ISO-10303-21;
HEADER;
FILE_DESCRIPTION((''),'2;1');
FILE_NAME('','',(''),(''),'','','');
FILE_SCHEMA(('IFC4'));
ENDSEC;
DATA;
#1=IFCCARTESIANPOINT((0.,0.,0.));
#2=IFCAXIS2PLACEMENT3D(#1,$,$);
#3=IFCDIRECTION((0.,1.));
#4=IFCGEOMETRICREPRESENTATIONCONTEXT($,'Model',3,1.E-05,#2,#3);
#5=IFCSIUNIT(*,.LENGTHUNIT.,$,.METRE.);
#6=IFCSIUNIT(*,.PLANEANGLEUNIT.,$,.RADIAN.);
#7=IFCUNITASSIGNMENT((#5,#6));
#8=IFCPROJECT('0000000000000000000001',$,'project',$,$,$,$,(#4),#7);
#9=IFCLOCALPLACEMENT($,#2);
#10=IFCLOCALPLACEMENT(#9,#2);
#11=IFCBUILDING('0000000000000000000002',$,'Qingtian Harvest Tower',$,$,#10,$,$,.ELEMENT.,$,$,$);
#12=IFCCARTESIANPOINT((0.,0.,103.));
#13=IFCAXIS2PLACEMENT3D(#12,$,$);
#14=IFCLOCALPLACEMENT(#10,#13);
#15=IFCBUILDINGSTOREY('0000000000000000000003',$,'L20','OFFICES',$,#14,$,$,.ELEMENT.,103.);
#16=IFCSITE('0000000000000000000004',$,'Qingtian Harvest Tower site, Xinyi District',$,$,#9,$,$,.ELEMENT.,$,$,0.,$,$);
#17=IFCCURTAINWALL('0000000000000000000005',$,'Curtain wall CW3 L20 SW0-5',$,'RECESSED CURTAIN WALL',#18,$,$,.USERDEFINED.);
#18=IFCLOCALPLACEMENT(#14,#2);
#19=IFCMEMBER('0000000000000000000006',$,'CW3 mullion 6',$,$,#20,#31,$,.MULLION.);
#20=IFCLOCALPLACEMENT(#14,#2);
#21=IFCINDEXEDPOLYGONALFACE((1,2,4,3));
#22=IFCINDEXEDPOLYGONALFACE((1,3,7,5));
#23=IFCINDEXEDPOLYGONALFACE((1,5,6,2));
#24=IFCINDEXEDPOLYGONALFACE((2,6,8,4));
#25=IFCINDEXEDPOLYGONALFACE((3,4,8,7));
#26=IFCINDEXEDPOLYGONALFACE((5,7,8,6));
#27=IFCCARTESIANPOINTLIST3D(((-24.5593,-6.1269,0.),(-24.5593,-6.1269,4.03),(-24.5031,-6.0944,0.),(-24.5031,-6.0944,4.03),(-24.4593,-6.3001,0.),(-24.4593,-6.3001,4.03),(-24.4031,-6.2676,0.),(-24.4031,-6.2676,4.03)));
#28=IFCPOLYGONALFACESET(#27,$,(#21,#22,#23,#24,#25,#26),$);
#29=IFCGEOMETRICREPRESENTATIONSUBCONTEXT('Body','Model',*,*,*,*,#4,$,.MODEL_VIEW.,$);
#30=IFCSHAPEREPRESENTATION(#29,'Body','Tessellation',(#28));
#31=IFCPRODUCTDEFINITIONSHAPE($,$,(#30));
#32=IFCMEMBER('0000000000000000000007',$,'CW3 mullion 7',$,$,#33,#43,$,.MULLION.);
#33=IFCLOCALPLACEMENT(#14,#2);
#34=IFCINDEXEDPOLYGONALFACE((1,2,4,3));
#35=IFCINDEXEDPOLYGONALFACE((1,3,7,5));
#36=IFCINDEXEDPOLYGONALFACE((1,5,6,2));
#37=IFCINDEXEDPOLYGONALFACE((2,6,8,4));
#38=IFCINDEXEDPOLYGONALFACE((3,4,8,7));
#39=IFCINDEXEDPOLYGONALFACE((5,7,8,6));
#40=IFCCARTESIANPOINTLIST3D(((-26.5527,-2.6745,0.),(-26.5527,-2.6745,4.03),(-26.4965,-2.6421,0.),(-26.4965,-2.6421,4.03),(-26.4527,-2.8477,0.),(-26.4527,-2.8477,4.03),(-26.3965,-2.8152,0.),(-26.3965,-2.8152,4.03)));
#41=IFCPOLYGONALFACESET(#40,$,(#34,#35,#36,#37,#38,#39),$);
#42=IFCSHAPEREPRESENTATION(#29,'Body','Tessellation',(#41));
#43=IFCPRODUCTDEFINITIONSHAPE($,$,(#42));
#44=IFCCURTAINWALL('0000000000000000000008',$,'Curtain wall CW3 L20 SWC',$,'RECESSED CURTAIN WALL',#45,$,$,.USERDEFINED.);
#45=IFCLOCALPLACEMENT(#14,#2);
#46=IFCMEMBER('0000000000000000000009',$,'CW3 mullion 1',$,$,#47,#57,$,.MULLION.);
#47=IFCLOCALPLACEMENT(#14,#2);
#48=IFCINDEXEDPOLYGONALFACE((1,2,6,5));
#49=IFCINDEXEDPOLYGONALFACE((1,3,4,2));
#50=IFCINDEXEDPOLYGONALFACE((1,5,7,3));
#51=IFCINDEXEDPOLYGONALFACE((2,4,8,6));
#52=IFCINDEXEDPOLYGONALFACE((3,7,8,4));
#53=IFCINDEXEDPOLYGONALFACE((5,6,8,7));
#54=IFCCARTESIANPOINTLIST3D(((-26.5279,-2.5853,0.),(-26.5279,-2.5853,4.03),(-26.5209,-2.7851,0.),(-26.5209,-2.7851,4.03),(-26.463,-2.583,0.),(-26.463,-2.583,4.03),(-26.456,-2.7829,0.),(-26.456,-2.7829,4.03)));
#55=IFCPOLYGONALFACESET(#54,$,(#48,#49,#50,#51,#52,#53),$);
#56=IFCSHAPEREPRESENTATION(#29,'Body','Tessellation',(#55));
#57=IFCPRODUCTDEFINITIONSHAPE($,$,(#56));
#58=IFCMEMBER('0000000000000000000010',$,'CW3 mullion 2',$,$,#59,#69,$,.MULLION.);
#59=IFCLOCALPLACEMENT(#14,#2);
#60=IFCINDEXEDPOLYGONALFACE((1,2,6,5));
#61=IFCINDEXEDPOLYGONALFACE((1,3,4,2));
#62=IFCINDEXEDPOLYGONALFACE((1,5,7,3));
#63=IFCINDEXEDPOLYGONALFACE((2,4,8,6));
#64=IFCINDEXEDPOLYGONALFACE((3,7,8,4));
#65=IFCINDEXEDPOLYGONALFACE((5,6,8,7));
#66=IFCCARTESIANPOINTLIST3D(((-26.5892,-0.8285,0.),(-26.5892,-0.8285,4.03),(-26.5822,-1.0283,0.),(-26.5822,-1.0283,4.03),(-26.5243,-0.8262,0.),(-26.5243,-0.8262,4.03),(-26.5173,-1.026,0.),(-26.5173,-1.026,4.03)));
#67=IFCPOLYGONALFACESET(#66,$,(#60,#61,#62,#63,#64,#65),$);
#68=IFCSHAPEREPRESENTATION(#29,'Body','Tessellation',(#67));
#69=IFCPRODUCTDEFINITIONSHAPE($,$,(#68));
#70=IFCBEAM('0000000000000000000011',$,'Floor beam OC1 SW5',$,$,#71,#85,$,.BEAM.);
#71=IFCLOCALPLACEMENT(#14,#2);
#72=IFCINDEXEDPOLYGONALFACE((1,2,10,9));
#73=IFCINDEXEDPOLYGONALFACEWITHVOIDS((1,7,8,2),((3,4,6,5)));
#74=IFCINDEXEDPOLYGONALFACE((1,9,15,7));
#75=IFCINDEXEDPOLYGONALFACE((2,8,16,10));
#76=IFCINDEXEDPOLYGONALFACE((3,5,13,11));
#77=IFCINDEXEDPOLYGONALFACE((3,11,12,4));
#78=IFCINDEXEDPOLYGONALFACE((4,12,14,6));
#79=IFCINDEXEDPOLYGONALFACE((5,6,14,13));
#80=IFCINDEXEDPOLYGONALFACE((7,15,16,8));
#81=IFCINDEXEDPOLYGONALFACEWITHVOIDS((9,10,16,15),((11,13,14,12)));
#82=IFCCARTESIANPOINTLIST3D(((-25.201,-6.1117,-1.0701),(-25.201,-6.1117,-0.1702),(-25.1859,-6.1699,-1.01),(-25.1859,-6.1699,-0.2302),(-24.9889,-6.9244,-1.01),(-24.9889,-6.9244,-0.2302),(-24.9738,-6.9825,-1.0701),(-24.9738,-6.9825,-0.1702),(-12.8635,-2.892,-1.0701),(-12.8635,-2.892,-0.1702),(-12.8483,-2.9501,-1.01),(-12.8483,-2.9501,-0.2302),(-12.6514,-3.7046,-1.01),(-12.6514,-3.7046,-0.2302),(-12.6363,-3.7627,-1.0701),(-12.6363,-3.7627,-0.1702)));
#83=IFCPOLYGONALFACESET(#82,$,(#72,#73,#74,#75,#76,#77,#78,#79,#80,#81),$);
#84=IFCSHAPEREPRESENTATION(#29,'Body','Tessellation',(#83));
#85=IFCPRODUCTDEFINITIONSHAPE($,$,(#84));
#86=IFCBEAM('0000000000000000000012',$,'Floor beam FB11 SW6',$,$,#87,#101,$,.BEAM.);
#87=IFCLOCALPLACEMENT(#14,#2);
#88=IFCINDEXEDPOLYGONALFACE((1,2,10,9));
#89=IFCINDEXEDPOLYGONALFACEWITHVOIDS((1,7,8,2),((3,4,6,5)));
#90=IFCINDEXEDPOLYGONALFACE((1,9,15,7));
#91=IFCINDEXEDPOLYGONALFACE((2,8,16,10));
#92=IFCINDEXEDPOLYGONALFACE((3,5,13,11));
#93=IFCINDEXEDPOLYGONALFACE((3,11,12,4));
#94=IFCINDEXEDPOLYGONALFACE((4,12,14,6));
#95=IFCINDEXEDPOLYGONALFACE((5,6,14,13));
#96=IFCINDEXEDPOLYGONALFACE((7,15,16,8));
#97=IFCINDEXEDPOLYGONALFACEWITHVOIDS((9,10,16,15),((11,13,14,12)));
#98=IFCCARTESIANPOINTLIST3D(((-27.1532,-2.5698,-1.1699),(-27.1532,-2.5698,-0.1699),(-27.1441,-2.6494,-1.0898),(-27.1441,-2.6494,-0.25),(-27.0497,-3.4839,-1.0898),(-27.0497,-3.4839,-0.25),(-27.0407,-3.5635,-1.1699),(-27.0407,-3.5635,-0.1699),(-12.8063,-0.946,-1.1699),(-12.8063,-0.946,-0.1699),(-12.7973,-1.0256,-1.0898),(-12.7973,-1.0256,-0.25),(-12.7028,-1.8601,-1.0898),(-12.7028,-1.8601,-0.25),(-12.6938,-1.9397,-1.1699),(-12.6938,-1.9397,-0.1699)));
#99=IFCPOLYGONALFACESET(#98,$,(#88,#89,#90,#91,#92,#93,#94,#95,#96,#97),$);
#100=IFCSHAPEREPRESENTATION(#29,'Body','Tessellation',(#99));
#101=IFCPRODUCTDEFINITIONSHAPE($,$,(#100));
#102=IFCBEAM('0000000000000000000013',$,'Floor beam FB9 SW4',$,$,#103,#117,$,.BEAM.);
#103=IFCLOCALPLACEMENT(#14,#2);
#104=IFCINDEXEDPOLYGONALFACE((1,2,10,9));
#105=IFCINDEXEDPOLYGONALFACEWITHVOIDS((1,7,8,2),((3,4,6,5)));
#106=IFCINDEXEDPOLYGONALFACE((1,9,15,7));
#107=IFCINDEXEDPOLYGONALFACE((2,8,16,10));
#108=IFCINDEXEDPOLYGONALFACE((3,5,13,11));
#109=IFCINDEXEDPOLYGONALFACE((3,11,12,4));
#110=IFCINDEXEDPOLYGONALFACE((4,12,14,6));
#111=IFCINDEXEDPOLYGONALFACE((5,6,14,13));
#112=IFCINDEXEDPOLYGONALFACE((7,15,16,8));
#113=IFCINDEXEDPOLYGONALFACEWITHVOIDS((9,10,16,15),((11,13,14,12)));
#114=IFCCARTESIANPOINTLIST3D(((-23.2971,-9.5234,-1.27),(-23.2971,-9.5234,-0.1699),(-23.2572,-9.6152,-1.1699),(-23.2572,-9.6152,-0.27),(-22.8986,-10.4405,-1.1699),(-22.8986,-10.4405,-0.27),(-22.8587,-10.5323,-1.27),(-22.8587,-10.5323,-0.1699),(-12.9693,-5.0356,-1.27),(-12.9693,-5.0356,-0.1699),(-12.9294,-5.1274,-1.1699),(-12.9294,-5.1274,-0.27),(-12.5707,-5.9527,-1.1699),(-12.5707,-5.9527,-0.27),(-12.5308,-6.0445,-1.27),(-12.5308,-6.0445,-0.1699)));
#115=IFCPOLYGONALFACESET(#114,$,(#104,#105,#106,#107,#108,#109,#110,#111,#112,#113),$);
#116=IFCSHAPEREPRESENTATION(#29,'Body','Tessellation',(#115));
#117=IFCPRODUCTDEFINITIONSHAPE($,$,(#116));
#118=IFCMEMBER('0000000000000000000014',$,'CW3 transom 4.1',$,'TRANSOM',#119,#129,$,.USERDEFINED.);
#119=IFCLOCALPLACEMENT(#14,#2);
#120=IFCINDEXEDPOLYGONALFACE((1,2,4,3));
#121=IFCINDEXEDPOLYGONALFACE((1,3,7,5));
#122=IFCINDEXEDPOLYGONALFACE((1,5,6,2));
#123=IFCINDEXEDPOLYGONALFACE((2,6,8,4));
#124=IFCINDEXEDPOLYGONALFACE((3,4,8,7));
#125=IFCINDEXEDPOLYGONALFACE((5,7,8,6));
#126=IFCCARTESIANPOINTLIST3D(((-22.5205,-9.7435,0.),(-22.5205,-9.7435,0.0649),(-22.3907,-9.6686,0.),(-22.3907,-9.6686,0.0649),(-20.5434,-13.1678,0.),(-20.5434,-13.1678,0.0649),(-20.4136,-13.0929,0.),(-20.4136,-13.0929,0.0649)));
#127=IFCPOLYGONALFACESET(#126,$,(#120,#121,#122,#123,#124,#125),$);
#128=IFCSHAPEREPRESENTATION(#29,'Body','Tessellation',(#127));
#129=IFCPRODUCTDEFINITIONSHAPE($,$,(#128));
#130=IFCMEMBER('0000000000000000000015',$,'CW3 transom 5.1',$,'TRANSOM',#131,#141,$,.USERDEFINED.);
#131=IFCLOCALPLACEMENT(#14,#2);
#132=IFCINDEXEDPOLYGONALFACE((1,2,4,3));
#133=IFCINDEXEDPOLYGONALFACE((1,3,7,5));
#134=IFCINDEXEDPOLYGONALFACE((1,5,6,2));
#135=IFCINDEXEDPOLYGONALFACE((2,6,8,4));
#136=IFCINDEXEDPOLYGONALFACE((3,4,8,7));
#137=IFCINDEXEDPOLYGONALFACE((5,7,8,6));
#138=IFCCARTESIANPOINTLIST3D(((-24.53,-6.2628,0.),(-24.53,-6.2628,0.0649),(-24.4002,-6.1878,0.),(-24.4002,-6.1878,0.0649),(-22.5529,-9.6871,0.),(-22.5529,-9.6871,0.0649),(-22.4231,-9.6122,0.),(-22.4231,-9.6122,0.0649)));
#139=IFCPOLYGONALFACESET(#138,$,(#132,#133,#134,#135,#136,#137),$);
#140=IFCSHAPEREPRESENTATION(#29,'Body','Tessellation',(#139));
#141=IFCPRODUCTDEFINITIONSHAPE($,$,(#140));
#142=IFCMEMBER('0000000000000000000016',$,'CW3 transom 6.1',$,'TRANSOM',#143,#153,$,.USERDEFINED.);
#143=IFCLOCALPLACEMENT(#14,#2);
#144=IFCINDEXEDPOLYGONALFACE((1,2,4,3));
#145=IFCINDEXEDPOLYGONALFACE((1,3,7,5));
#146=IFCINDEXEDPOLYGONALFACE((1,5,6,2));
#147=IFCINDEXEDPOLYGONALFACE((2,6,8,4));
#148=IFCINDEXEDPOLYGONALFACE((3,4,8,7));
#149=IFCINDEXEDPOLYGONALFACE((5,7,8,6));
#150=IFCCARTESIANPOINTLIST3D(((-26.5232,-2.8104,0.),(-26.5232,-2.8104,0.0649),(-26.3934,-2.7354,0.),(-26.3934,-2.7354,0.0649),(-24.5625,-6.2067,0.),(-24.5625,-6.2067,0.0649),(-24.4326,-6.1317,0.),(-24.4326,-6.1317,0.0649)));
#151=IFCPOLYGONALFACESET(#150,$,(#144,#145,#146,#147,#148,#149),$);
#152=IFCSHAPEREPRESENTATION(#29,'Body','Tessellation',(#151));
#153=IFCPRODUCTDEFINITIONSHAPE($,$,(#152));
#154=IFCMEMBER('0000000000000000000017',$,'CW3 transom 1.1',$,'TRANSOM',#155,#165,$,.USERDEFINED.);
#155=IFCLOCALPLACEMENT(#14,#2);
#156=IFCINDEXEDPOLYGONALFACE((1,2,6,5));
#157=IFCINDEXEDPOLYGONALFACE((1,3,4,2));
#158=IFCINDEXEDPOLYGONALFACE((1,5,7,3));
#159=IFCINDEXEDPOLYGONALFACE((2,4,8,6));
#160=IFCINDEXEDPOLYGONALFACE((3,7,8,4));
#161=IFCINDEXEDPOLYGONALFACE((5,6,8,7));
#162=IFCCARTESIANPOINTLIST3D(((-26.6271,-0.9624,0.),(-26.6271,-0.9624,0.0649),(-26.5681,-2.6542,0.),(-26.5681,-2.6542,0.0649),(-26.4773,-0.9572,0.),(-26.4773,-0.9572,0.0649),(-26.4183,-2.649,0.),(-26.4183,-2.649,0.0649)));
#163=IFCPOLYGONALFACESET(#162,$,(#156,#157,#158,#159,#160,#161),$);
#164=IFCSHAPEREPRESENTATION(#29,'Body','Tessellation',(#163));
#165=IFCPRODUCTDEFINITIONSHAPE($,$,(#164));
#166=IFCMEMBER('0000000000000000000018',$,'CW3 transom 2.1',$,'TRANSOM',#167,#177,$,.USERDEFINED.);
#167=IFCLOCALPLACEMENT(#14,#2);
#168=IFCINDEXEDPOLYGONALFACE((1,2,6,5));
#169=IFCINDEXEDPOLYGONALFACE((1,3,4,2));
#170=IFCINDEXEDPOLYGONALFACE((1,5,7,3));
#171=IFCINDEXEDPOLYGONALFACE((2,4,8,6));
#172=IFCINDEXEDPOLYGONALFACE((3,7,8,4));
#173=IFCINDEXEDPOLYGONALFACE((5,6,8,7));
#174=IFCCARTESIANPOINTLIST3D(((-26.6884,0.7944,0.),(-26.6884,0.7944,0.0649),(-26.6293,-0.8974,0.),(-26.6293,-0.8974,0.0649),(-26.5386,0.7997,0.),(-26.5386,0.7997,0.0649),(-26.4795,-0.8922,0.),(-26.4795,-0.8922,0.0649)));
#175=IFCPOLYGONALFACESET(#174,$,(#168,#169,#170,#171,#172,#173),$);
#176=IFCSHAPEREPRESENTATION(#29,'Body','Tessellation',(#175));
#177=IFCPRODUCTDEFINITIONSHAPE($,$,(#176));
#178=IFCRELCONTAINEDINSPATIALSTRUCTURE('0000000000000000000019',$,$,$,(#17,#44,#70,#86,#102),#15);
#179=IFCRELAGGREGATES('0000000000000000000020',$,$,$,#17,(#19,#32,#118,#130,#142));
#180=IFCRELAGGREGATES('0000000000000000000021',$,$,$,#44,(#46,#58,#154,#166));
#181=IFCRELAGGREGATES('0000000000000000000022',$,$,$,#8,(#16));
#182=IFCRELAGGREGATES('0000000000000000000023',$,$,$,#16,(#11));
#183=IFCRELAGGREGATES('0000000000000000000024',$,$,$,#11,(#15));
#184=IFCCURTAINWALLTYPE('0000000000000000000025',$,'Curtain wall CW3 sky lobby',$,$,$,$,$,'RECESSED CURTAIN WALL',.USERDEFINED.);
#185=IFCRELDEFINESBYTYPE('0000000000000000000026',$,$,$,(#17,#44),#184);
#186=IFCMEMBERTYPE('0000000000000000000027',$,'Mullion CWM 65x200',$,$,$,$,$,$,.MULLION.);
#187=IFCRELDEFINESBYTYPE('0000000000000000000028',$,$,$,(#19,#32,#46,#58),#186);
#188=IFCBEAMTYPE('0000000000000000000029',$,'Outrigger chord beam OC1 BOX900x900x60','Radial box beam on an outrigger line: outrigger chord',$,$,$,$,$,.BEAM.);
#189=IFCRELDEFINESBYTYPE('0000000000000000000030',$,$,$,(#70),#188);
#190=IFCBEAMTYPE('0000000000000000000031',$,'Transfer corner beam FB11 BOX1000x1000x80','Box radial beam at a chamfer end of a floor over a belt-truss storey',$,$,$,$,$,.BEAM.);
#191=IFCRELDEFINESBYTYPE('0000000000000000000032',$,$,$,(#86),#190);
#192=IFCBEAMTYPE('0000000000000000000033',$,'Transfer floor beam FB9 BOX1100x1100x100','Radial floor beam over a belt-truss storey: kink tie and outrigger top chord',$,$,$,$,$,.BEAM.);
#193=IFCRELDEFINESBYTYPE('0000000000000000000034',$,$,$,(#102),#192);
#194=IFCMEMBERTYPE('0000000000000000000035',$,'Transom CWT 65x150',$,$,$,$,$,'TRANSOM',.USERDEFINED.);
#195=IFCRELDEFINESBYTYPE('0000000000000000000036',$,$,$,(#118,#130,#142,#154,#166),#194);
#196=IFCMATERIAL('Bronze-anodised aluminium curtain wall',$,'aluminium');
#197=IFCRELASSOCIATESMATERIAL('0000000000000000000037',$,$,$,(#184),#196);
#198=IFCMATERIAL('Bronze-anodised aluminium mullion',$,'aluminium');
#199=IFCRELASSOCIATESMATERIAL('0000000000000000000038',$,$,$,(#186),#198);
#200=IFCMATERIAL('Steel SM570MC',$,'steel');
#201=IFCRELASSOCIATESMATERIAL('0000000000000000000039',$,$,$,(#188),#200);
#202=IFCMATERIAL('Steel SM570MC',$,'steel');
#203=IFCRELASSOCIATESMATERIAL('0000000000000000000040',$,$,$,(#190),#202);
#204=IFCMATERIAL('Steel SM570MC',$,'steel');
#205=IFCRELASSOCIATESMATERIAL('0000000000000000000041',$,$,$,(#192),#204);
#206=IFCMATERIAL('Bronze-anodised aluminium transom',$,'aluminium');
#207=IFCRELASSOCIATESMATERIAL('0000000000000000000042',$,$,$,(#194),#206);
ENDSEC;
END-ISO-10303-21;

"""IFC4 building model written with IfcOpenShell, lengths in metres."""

from ifc_helpers import new_model, si_unit, direction, frame, origin, origin_2d, place, context, subcontext, project, spatial, rectangle, hollow_rectangle, extrude, material, material_profile, profile_set, type_object, element, aggregate, save


model = new_model("IFC4")

# Units and contexts
model_context = context("Model", 3, precision=1e-05, world=origin(), true_north=direction((0.0, 1.0)))
body_context = subcontext(model_context, "Body", "Model", "MODEL_VIEW")
ifc_project = project(units=[si_unit("LENGTHUNIT", "METRE"), si_unit("PLANEANGLEUNIT", "RADIAN")], contexts=[model_context])

# Site, building, storey
site_placement = place(None, origin())
site = spatial("IfcSite", under=ifc_project, at=site_placement, Name="Qingtian Harvest Tower site, Xinyi District", CompositionType="ELEMENT", RefElevation=0.0)
building_placement = place(site_placement, origin())
building = spatial("IfcBuilding", under=site, at=building_placement, Name="Qingtian Harvest Tower", CompositionType="ELEMENT")
storey_placement = place(building_placement, frame((0.0, 0.0, 103.0)))
storey = spatial("IfcBuildingStorey", under=building, at=storey_placement, Name="L20", Description="OFFICES", CompositionType="ELEMENT", Elevation=103.0)

# Curtain walls, members
ifc_material_1 = material(Name="Bronze-anodised aluminium curtain wall", Category="aluminium")
curtain_wall_type = type_object("IfcCurtainWallType", Name="Curtain wall CW3 sky lobby", ElementType="RECESSED CURTAIN WALL", PredefinedType="USERDEFINED", material=ifc_material_1)
curtain_wall_1_placement = place(storey_placement, origin())
curtain_wall_1 = element("IfcCurtainWall", 1, at=curtain_wall_1_placement, inside=storey, type_object=curtain_wall_type, Name="Curtain wall CW3 L20 SW0-5", ObjectType="RECESSED CURTAIN WALL", PredefinedType="USERDEFINED")
ifc_material_2 = material(Name="Bronze-anodised aluminium mullion", Category="aluminium")
ifc_material_profile_1 = material_profile(ifc_material_2, rectangle(XDim=0.0649, YDim=0.2, at=origin_2d()), Name="AL 65x200")
ifc_profile_set_1 = profile_set([ifc_material_profile_1], Name="Bronze-anodised aluminium mullion")
member_type_1 = type_object("IfcMemberType", Name="Mullion CWM 65x200", PredefinedType="MULLION", material=ifc_profile_set_1)
member_1_placement = place(storey_placement, frame((-24.4812, -6.1973, 0.0), z_axis=(0.0, 0.0, 1.0), x_axis=(-0.866025, -0.5, 0.0)))
member_1 = element("IfcMember", 2, at=member_1_placement, type_object=member_type_1, Name="CW3 mullion 6", PredefinedType="MULLION", context=body_context, shape_type="SweptSolid", body=[
    extrude(rectangle(XDim=0.0649, YDim=0.2, at=origin_2d()), origin(), (0.0, 0.0, 1.0), 4.03),
])
member_2_placement = place(storey_placement, frame((-26.4746, -2.7449, 0.0), z_axis=(0.0, 0.0, 1.0), x_axis=(-0.866025, -0.5, 0.0)))
member_2 = element("IfcMember", 3, at=member_2_placement, type_object=member_type_1, Name="CW3 mullion 7", PredefinedType="MULLION", context=body_context, shape_type="SweptSolid", body=[
    extrude(rectangle(XDim=0.0649, YDim=0.2, at=origin_2d()), origin(), (0.0, 0.0, 1.0), 4.03),
])
curtain_wall_2_placement = place(storey_placement, origin())
curtain_wall_2 = element("IfcCurtainWall", 4, at=curtain_wall_2_placement, inside=storey, type_object=curtain_wall_type, Name="Curtain wall CW3 L20 SWC", ObjectType="RECESSED CURTAIN WALL", PredefinedType="USERDEFINED")
member_3_placement = place(storey_placement, frame((-26.4919, -2.6841, 0.0), z_axis=(0.0, 0.0, 1.0), x_axis=(-0.999391, -0.034899, 0.0)))
member_3 = element("IfcMember", 5, at=member_3_placement, type_object=member_type_1, Name="CW3 mullion 1", PredefinedType="MULLION", context=body_context, shape_type="SweptSolid", body=[
    extrude(rectangle(XDim=0.0649, YDim=0.2, at=origin_2d()), origin(), (0.0, 0.0, 1.0), 4.03),
])
member_4_placement = place(storey_placement, frame((-26.5532, -0.9272, 0.0), z_axis=(0.0, 0.0, 1.0), x_axis=(-0.999391, -0.034899, 0.0)))
member_4 = element("IfcMember", 6, at=member_4_placement, type_object=member_type_1, Name="CW3 mullion 2", PredefinedType="MULLION", context=body_context, shape_type="SweptSolid", body=[
    extrude(rectangle(XDim=0.0649, YDim=0.2, at=origin_2d()), origin(), (0.0, 0.0, 1.0), 4.03),
])

# Beams
ifc_material_3 = material(Name="Steel SM570MC", Category="steel")
ifc_material_profile_2 = material_profile(ifc_material_3, hollow_rectangle(XDim=0.8999, YDim=0.8999, WallThickness=0.0601, at=origin_2d()), Name="BOX900x900x60")
ifc_profile_set_2 = profile_set([ifc_material_profile_2], Name="Steel SM570MC")
beam_type_1 = type_object("IfcBeamType", Name="Outrigger chord beam OC1 BOX900x900x60", Description="Radial box beam on an outrigger line: outrigger chord", PredefinedType="BEAM", material=ifc_profile_set_2)
beam_1_placement = place(storey_placement, frame((-25.0874, -6.5471, -0.6201), z_axis=(0.967593, 0.252515, 0.0), x_axis=(-0.252515, 0.967593, 0.0)))
element("IfcBeam", 7, at=beam_1_placement, inside=storey, type_object=beam_type_1, Name="Floor beam OC1 SW5", PredefinedType="BEAM", context=body_context, shape_type="SweptSolid", body=[
    extrude(hollow_rectangle(XDim=0.8999, YDim=0.8999, WallThickness=0.0601, at=origin_2d()), origin(), (0.0, 0.0, 1.0), 12.7507),
])
ifc_material_4 = material(Name="Steel SM570MC", Category="steel")
ifc_material_profile_3 = material_profile(ifc_material_4, hollow_rectangle(XDim=1.0, YDim=1.0, WallThickness=0.0801, at=origin_2d()), Name="BOX1000x1000x80")
ifc_profile_set_3 = profile_set([ifc_material_profile_3], Name="Steel SM570MC")
beam_type_2 = type_object("IfcBeamType", Name="Transfer corner beam FB11 BOX1000x1000x80", Description="Box radial beam at a chamfer end of a floor over a belt-truss storey", PredefinedType="BEAM", material=ifc_profile_set_3)
beam_2_placement = place(storey_placement, frame((-27.0969, -3.0667, -0.6699), z_axis=(0.993656, 0.112462, 0.0), x_axis=(-0.112462, 0.993656, 0.0)))
element("IfcBeam", 8, at=beam_2_placement, inside=storey, type_object=beam_type_2, Name="Floor beam FB11 SW6", PredefinedType="BEAM", context=body_context, shape_type="SweptSolid", body=[
    extrude(hollow_rectangle(XDim=1.0, YDim=1.0, WallThickness=0.0801, at=origin_2d()), origin(), (0.0, 0.0, 1.0), 14.4385),
])
ifc_material_5 = material(Name="Steel SM570MC", Category="steel")
ifc_material_profile_4 = material_profile(ifc_material_5, hollow_rectangle(XDim=1.1001, YDim=1.1001, WallThickness=0.1001, at=origin_2d()), Name="BOX1100x1100x100")
ifc_profile_set_4 = profile_set([ifc_material_profile_4], Name="Steel SM570MC")
beam_type_3 = type_object("IfcBeamType", Name="Transfer floor beam FB9 BOX1100x1100x100", Description="Radial floor beam over a belt-truss storey: kink tie and outrigger top chord", PredefinedType="BEAM", material=ifc_profile_set_4)
beam_3_placement = place(storey_placement, frame((-23.0779, -10.0278, -0.72), z_axis=(0.917154, 0.398533, 0.0), x_axis=(-0.398533, 0.917154, 0.0)))
element("IfcBeam", 9, at=beam_3_placement, inside=storey, type_object=beam_type_3, Name="Floor beam FB9 SW4", PredefinedType="BEAM", context=body_context, shape_type="SweptSolid", body=[
    extrude(hollow_rectangle(XDim=1.1001, YDim=1.1001, WallThickness=0.1001, at=origin_2d()), origin(), (0.0, 0.0, 1.0), 11.2607),
])

# Members
ifc_material_6 = material(Name="Bronze-anodised aluminium transom", Category="aluminium")
ifc_material_profile_5 = material_profile(ifc_material_6, rectangle(XDim=0.1499, YDim=0.0649, at=origin_2d()), Name="AL 65x150")
ifc_profile_set_5 = profile_set([ifc_material_profile_5], Name="Bronze-anodised aluminium transom")
member_type_2 = type_object("IfcMemberType", Name="Transom CWT 65x150", ElementType="TRANSOM", PredefinedType="USERDEFINED", material=ifc_profile_set_5)
member_5_placement = place(storey_placement, frame((-20.4785, -13.1304, 0.0325), z_axis=(-0.500004, 0.866023, 0.0), x_axis=(-0.866023, -0.500004, 0.0)))
member_5 = element("IfcMember", 10, at=member_5_placement, type_object=member_type_2, Name="CW3 transom 4.1", ObjectType="TRANSOM", PredefinedType="USERDEFINED", context=body_context, shape_type="SweptSolid", body=[
    extrude(rectangle(XDim=0.1499, YDim=0.0649, at=origin_2d()), origin(), (0.0, 0.0, 1.0), 3.9541),
])
member_6_placement = place(storey_placement, frame((-22.488, -9.6497, 0.0325), z_axis=(-0.500004, 0.866023, 0.0), x_axis=(-0.866023, -0.500004, 0.0)))
member_6 = element("IfcMember", 11, at=member_6_placement, type_object=member_type_2, Name="CW3 transom 5.1", ObjectType="TRANSOM", PredefinedType="USERDEFINED", context=body_context, shape_type="SweptSolid", body=[
    extrude(rectangle(XDim=0.1499, YDim=0.0649, at=origin_2d()), origin(), (0.0, 0.0, 1.0), 3.9541),
])
member_7_placement = place(storey_placement, frame((-24.4976, -6.1692, 0.0325), z_axis=(-0.499976, 0.866039, 0.0), x_axis=(-0.866039, -0.499976, 0.0)))
member_7 = element("IfcMember", 12, at=member_7_placement, type_object=member_type_2, Name="CW3 transom 6.1", ObjectType="TRANSOM", PredefinedType="USERDEFINED", context=body_context, shape_type="SweptSolid", body=[
    extrude(rectangle(XDim=0.1499, YDim=0.0649, at=origin_2d()), origin(), (0.0, 0.0, 1.0), 3.9216),
])
member_8_placement = place(storey_placement, frame((-26.4932, -2.6516, 0.0325), z_axis=(-0.034899, 0.999391, 0.0), x_axis=(-0.999391, -0.034899, 0.0)))
member_8 = element("IfcMember", 13, at=member_8_placement, type_object=member_type_2, Name="CW3 transom 1.1", ObjectType="TRANSOM", PredefinedType="USERDEFINED", context=body_context, shape_type="SweptSolid", body=[
    extrude(rectangle(XDim=0.1499, YDim=0.0649, at=origin_2d()), origin(), (0.0, 0.0, 1.0), 1.6929),
])
member_9_placement = place(storey_placement, frame((-26.5544, -0.8948, 0.0325), z_axis=(-0.034899, 0.999391, 0.0), x_axis=(-0.999391, -0.034899, 0.0)))
member_9 = element("IfcMember", 14, at=member_9_placement, type_object=member_type_2, Name="CW3 transom 2.1", ObjectType="TRANSOM", PredefinedType="USERDEFINED", context=body_context, shape_type="SweptSolid", body=[
    extrude(rectangle(XDim=0.1499, YDim=0.0649, at=origin_2d()), origin(), (0.0, 0.0, 1.0), 1.6929),
])

aggregate(curtain_wall_1, [member_1, member_2, member_5, member_6, member_7])
aggregate(curtain_wall_2, [member_3, member_4, member_8, member_9])

save(model, "model.ifc")
